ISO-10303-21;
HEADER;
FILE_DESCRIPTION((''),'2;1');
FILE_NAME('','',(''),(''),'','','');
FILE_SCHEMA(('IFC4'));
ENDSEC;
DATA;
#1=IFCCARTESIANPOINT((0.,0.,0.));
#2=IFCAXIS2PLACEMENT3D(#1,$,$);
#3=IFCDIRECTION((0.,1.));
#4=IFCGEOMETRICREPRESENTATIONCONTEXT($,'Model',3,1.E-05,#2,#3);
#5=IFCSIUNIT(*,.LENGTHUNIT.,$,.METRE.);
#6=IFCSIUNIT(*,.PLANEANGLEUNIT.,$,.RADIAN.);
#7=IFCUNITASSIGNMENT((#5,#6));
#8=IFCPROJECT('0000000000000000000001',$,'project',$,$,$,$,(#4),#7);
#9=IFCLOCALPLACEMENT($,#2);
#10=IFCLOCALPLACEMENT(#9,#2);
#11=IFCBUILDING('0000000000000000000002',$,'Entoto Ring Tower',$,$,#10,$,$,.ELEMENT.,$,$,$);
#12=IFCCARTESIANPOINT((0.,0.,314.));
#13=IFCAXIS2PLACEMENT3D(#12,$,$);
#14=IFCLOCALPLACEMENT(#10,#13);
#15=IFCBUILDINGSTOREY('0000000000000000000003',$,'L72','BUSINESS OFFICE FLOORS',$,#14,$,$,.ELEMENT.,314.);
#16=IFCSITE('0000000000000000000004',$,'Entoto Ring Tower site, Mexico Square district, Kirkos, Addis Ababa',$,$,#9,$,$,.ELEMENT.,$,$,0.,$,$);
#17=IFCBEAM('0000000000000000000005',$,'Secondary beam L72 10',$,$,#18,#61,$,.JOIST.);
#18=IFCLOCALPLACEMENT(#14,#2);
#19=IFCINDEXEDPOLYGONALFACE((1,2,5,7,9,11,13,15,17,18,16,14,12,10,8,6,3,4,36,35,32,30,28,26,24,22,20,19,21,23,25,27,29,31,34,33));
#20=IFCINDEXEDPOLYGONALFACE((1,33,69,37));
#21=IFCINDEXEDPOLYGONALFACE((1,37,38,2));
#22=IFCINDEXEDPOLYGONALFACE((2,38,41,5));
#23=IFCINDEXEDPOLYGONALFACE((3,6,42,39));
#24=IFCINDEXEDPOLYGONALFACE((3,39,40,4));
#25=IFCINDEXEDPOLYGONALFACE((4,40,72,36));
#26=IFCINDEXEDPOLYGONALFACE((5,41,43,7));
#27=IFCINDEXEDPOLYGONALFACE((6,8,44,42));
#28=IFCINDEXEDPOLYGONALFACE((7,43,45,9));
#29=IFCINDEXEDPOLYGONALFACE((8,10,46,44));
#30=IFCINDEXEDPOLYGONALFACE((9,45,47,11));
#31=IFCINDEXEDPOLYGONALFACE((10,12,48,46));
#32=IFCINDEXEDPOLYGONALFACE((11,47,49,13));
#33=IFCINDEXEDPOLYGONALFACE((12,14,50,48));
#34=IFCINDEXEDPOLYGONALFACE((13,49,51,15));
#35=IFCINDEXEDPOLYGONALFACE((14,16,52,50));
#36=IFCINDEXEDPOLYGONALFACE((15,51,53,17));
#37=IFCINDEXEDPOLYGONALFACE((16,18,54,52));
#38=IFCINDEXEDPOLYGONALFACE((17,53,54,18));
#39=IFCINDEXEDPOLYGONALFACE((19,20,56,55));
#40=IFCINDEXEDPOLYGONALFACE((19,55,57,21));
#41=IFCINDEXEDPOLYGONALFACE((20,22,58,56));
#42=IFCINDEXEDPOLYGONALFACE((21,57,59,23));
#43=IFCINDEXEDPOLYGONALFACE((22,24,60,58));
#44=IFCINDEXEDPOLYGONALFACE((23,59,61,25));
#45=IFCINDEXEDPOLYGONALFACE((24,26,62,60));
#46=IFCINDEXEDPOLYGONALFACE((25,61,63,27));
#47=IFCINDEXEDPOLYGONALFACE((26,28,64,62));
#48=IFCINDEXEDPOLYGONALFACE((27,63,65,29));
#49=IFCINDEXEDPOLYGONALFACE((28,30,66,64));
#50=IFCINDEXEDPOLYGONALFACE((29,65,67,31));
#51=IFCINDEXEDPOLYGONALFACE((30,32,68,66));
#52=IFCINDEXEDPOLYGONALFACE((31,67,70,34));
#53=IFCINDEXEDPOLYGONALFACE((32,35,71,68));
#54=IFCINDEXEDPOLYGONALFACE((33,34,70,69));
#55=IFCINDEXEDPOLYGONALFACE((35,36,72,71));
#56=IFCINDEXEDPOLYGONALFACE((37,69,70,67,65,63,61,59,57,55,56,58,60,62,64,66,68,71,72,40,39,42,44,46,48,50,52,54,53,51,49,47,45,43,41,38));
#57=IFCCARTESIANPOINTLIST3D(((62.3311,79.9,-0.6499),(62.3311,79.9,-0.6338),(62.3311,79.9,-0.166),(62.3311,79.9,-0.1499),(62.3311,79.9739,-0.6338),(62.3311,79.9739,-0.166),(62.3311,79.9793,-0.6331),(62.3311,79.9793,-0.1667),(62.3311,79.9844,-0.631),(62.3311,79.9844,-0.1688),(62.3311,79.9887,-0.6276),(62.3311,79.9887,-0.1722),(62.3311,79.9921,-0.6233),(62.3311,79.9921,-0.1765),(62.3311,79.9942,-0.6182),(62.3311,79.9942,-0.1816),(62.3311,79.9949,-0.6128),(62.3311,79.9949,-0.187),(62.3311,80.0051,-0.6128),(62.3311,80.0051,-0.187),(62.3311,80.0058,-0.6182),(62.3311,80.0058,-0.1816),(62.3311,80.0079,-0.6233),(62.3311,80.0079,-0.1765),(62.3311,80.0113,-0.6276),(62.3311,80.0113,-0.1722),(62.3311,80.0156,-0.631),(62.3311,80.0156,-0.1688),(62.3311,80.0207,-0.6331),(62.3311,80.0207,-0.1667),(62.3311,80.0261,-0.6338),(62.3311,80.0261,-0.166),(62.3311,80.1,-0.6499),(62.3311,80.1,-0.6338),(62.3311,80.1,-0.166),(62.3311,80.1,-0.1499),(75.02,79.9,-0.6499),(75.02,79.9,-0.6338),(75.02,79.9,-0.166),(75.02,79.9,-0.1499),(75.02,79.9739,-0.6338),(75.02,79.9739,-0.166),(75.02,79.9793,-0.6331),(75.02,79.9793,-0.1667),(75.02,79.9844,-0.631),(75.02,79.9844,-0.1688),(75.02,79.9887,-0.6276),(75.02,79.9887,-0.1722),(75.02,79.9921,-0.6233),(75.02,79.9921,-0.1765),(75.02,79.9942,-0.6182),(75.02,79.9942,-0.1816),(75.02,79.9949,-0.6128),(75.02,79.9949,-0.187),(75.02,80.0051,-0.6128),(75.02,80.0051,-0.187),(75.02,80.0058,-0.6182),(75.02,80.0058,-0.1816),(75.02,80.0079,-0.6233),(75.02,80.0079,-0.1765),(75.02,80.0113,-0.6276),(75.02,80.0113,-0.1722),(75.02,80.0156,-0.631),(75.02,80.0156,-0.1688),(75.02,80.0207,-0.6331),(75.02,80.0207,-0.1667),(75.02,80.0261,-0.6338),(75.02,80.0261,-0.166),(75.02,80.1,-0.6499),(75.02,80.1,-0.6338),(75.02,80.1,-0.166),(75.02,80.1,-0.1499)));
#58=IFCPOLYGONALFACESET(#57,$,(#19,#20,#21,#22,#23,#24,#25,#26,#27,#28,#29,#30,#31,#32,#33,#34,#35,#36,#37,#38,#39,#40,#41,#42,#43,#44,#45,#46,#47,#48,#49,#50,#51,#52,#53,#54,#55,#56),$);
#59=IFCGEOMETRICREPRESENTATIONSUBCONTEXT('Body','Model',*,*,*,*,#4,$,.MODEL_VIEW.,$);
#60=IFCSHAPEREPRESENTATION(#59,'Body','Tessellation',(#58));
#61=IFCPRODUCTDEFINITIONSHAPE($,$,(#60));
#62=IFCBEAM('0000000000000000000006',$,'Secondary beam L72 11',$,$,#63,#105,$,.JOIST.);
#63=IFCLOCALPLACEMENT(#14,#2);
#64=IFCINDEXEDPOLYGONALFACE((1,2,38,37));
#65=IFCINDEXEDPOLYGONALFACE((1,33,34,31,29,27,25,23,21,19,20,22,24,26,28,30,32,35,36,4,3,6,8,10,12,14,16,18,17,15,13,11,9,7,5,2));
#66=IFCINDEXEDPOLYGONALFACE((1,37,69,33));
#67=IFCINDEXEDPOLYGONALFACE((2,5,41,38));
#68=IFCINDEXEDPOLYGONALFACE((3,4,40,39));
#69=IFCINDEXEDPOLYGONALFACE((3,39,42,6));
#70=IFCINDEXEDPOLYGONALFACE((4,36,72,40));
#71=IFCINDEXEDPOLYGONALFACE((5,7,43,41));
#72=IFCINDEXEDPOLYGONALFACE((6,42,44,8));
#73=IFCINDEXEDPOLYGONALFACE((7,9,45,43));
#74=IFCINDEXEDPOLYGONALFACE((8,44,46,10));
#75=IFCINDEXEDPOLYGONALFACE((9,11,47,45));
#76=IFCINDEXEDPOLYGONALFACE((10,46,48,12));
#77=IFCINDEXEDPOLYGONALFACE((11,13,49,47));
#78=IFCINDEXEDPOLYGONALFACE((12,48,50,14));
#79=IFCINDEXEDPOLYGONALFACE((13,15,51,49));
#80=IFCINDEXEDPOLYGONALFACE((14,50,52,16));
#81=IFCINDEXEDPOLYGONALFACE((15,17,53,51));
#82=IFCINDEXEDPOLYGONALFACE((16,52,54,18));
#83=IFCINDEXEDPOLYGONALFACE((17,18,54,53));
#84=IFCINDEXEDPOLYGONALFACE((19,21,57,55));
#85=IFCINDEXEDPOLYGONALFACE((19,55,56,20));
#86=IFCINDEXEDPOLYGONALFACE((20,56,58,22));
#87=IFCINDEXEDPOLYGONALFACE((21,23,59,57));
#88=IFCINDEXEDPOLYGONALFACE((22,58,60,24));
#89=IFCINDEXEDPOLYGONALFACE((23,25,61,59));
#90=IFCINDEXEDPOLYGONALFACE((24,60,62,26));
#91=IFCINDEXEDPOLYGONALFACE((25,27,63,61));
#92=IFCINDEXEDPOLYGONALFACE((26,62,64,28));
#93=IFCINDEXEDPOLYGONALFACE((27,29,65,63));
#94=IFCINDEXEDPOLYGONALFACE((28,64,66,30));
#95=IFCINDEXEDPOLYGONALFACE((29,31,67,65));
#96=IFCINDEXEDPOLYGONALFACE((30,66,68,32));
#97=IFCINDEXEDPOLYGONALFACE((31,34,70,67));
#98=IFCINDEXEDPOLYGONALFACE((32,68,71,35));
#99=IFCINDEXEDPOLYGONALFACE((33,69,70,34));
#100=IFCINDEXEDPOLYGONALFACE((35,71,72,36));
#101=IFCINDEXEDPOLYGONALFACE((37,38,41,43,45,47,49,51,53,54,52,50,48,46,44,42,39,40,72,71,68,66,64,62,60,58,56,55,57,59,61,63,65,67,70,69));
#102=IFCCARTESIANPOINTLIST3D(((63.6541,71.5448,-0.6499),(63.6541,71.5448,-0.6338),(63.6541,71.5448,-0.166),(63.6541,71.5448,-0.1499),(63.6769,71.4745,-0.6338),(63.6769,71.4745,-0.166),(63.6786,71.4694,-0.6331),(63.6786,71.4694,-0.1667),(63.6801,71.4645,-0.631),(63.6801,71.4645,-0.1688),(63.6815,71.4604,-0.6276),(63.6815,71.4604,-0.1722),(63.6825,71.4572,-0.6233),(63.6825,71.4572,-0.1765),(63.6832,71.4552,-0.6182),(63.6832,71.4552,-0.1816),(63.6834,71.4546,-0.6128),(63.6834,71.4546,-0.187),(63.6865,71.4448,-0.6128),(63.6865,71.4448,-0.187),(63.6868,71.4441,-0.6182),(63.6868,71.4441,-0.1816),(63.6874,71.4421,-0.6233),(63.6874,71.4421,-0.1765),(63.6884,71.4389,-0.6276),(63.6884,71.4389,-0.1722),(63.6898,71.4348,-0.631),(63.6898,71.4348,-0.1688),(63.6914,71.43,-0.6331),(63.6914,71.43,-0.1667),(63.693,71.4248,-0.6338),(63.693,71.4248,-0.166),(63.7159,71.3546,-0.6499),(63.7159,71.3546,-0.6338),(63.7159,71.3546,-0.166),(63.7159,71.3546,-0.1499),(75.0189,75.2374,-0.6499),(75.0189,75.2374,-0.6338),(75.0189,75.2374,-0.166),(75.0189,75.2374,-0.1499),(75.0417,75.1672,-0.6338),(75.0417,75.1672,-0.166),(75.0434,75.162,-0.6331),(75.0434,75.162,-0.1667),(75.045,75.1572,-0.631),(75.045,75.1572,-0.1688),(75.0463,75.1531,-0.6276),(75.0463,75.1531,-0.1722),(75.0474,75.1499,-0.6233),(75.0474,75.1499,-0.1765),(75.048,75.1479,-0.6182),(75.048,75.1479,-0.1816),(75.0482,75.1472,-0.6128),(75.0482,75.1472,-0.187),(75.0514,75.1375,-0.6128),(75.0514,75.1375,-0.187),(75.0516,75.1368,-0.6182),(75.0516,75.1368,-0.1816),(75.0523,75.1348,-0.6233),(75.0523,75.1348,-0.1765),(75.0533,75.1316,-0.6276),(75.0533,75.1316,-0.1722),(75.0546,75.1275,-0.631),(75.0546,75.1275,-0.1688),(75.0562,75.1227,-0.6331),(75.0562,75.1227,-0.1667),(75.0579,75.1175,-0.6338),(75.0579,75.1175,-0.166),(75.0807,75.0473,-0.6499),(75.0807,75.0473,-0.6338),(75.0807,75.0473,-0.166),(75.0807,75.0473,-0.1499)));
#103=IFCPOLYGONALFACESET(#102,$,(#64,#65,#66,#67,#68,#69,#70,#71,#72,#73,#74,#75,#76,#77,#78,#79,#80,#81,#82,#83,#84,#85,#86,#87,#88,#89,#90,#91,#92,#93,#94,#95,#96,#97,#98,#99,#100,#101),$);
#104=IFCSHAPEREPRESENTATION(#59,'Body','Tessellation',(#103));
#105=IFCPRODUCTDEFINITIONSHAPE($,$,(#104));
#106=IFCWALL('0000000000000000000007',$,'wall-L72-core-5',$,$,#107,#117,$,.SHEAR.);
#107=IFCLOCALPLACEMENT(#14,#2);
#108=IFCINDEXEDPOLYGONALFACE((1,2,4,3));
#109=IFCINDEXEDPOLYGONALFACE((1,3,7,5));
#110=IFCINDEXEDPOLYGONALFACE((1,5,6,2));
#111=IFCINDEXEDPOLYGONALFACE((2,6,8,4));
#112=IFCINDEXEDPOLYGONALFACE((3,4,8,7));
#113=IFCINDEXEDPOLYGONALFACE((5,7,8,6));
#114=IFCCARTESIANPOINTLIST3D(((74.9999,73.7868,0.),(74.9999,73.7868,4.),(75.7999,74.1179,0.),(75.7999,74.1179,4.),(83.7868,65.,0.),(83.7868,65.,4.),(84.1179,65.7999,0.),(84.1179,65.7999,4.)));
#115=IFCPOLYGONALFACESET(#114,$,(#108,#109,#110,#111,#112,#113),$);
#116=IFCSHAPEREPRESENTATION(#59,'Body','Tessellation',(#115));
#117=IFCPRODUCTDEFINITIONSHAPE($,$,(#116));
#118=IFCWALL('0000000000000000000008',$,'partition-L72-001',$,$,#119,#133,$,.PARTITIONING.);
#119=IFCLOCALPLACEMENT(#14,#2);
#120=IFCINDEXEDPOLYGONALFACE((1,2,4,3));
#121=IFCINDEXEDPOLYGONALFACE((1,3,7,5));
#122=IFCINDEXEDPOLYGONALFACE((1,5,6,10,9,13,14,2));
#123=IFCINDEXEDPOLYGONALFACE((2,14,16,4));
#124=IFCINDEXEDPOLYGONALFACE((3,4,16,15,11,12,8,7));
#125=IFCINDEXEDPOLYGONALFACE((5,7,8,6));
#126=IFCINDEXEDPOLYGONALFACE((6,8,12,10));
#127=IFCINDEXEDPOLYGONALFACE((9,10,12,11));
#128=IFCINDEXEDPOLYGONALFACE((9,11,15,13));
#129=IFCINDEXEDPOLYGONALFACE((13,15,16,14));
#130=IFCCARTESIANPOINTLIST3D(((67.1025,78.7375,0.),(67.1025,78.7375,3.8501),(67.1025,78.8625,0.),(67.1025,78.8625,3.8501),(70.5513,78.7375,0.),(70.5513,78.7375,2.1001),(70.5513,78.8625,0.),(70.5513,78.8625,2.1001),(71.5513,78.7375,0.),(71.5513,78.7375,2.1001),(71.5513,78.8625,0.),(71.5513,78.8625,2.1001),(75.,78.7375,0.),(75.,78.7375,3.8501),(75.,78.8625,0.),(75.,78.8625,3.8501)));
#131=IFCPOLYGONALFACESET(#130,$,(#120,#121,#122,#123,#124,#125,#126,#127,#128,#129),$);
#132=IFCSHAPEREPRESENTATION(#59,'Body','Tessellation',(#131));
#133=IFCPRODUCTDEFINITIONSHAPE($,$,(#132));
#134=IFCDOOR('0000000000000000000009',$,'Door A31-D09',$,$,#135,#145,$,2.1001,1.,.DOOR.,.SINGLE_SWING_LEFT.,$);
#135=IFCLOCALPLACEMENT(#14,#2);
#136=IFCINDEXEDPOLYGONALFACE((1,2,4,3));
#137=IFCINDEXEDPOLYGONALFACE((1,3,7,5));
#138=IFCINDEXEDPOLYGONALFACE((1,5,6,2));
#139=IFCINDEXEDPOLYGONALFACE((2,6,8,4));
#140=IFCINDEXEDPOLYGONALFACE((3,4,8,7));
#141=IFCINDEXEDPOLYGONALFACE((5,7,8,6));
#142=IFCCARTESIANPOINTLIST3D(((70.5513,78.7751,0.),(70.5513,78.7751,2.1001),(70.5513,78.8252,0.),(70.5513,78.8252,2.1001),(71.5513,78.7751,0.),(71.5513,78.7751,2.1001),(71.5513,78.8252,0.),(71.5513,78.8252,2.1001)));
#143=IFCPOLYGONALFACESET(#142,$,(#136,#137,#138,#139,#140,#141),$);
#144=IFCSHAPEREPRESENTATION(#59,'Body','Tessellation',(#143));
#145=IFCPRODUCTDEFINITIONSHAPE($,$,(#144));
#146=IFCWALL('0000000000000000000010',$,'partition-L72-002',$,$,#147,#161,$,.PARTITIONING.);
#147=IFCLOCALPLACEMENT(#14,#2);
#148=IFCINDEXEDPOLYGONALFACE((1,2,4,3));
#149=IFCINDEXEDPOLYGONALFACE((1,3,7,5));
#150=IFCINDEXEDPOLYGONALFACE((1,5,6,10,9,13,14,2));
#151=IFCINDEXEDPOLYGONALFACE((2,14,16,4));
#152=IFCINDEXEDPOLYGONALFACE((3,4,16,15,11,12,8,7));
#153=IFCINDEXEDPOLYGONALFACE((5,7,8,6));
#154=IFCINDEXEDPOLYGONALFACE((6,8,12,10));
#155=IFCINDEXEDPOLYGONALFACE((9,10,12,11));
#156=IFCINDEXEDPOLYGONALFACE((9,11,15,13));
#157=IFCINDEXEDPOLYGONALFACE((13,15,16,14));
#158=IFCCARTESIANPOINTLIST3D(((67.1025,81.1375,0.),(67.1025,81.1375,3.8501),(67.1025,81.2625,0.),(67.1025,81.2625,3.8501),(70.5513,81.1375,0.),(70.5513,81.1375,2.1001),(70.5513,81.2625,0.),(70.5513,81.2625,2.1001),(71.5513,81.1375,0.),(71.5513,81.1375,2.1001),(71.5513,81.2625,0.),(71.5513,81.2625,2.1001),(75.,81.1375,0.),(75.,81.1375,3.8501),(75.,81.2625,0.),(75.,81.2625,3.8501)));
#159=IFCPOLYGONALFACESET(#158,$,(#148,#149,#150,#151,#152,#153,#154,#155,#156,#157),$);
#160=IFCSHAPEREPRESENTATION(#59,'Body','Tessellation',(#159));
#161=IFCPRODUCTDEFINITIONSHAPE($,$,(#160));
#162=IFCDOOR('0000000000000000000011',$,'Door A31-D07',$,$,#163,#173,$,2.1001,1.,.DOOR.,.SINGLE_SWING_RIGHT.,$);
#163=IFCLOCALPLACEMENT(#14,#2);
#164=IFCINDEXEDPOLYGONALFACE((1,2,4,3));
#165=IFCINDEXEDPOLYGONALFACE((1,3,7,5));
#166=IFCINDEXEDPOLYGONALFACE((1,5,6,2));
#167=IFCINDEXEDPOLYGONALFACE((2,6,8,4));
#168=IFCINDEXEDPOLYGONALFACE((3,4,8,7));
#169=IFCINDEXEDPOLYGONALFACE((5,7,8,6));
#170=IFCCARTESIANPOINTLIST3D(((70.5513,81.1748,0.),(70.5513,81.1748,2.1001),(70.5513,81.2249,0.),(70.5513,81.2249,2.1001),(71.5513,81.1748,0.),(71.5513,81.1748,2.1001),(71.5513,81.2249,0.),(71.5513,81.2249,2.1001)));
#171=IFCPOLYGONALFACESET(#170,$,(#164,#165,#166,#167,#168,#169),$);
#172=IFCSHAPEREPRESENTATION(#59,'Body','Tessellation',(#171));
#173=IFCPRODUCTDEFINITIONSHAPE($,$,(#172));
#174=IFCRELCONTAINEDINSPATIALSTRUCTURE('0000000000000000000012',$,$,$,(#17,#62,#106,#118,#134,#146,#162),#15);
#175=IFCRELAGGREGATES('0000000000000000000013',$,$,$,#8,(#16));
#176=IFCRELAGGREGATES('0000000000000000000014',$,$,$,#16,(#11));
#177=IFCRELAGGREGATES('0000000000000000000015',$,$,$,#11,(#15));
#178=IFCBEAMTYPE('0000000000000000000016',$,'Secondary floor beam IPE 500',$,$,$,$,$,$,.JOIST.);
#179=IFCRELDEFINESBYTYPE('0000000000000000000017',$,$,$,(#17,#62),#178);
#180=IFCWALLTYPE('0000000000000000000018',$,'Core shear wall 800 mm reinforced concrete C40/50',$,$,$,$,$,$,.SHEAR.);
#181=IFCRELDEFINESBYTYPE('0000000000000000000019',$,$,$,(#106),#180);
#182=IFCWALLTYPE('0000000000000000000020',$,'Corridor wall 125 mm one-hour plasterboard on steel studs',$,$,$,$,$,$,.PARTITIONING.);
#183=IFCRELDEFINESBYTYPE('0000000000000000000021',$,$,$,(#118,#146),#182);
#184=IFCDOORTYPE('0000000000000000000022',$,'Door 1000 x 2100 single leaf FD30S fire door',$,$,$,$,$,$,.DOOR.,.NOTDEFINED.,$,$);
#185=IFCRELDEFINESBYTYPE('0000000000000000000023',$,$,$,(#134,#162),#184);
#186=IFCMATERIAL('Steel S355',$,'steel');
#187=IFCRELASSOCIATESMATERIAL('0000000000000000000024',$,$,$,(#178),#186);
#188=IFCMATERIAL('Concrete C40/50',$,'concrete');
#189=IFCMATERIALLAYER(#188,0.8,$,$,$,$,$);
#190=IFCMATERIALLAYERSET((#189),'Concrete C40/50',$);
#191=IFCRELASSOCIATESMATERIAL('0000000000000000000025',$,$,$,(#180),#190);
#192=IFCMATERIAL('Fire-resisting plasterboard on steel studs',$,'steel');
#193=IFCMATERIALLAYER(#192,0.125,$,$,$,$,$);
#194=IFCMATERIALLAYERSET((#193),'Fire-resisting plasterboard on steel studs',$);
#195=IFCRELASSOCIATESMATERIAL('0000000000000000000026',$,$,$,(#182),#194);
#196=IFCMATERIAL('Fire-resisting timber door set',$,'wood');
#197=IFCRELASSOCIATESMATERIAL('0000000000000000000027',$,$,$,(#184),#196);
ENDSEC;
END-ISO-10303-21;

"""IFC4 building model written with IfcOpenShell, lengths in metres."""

from ifc_helpers import new_model, si_unit, direction, frame, frame_2d, origin, origin_2d, place, context, subcontext, project, spatial, polyline, rectangle, i_section, outline, extrude, material, layer, layer_set, material_profile, profile_set, type_object, element, fill, save


model = new_model("IFC4")

# Units and contexts
model_context = context("Model", 3, precision=1e-05, world=origin(), true_north=direction((0.0, 1.0)))
body_context = subcontext(model_context, "Body", "Model", "MODEL_VIEW")
ifc_project = project(units=[si_unit("LENGTHUNIT", "METRE"), si_unit("PLANEANGLEUNIT", "RADIAN")], contexts=[model_context])

# Site, building, storey
site_placement = place(None, origin())
site = spatial("IfcSite", under=ifc_project, at=site_placement, Name="Entoto Ring Tower site, Mexico Square district, Kirkos, Addis Ababa", CompositionType="ELEMENT", RefElevation=0.0)
building_placement = place(site_placement, origin())
building = spatial("IfcBuilding", under=site, at=building_placement, Name="Entoto Ring Tower", CompositionType="ELEMENT")
storey_placement = place(building_placement, frame((0.0, 0.0, 314.0)))
storey = spatial("IfcBuildingStorey", under=building, at=storey_placement, Name="L72", Description="BUSINESS OFFICE FLOORS", CompositionType="ELEMENT", Elevation=314.0)

# Beams
ifc_material_1 = material(Name="Steel S355", Category="steel")
ifc_material_profile_1 = material_profile(ifc_material_1, i_section(OverallWidth=0.2, OverallDepth=0.5, WebThickness=0.0103, FlangeThickness=0.0161, FilletRadius=0.021, at=origin_2d()), Name="IPE 500")
ifc_profile_set_1 = profile_set([ifc_material_profile_1], Name="Steel S355")
beam_type_1 = type_object("IfcBeamType", Name="Secondary floor beam IPE 500", PredefinedType="JOIST", material=ifc_profile_set_1)
beam_1_placement = place(storey_placement, frame((75.02, 80.0, -0.3999), z_axis=(-1.0, 0.0, 0.0), x_axis=(0.0, -1.0, 0.0)))
element("IfcBeam", 1, at=beam_1_placement, inside=storey, type_object=beam_type_1, Name="Secondary beam L72 10", PredefinedType="JOIST", context=body_context, shape_type="SweptSolid", body=[
    extrude(i_section(OverallWidth=0.2, OverallDepth=0.5, WebThickness=0.0103, FlangeThickness=0.0161, FilletRadius=0.021, at=origin_2d()), origin(), (0.0, 0.0, 1.0), 12.689),
])
beam_2_placement = place(storey_placement, frame((75.0498, 75.1423, -0.3999), z_axis=(-0.951057, -0.309017, 0.0), x_axis=(0.309017, -0.951057, 0.0)))
element("IfcBeam", 2, at=beam_2_placement, inside=storey, type_object=beam_type_1, Name="Secondary beam L72 11", PredefinedType="JOIST", context=body_context, shape_type="SweptSolid", body=[
    extrude(i_section(OverallWidth=0.2, OverallDepth=0.5, WebThickness=0.0103, FlangeThickness=0.0161, FilletRadius=0.021, at=origin_2d()), origin(), (0.0, 0.0, 1.0), 11.9497),
])

# Wall
ifc_material_2 = material(Name="Concrete C40/50", Category="concrete")
ifc_layer_1 = layer(ifc_material_2, 0.8)
ifc_layer_set_1 = layer_set([ifc_layer_1], Name="Concrete C40/50")
wall_type_1 = type_object("IfcWallType", Name="Core shear wall 800 mm reinforced concrete C40/50", PredefinedType="SHEAR", material=ifc_layer_set_1)
wall_1_placement = place(storey_placement, frame((75.3999, 73.9524, 0.0), z_axis=(0.0, 0.0, 1.0), x_axis=(0.707107, -0.707107, 0.0)))
element("IfcWall", 3, at=wall_1_placement, inside=storey, type_object=wall_type_1, Name="wall-L72-core-5", PredefinedType="SHEAR", context=body_context, shape_type="SweptSolid", body=[
    extrude(outline(polyline([(-0.1658, -0.3999), (12.2607, -0.3999), (11.9292, 0.3999), (0.1658, 0.3999), (-0.1658, -0.3999)])), origin(), (0.0, 0.0, 1.0), 4.0),
])

# Walls, openings, doors
ifc_material_3 = material(Name="Fire-resisting plasterboard on steel studs", Category="steel")
ifc_layer_2 = layer(ifc_material_3, 0.125)
ifc_layer_set_2 = layer_set([ifc_layer_2], Name="Fire-resisting plasterboard on steel studs")
wall_type_2 = type_object("IfcWallType", Name="Corridor wall 125 mm one-hour plasterboard on steel studs", PredefinedType="PARTITIONING", material=ifc_layer_set_2)
wall_2_placement = place(storey_placement, frame((67.1025, 78.8, 0.0), z_axis=(0.0, 0.0, 1.0), x_axis=(1.0, 0.0, 0.0)))
wall_2 = element("IfcWall", 4, at=wall_2_placement, inside=storey, type_object=wall_type_2, Name="partition-L72-001", PredefinedType="PARTITIONING", context=body_context, shape_type="SweptSolid", body=[
    extrude(rectangle(XDim=7.8975, YDim=0.125, at=frame_2d((3.9487, 0.0))), origin(), (0.0, 0.0, 1.0), 3.8501),
])
opening_1_placement = place(wall_2_placement, frame((3.4487, 0.0, 0.0)))
opening_1 = element("IfcOpeningElement", 5, at=opening_1_placement, cuts=wall_2, PredefinedType="OPENING", context=body_context, shape_type="SweptSolid", body=[
    extrude(rectangle(XDim=1.0, YDim=2.1001, at=frame_2d((0.5, 1.05))), frame((0.0, 0.0725, 0.0), z_axis=(0.0, -1.0, 0.0), x_axis=(1.0, 0.0, 0.0)), (0.0, 0.0, 1.0), 0.145),
])
ifc_material_4 = material(Name="Fire-resisting timber door set", Category="wood")
door_type = type_object("IfcDoorType", Name="Door 1000 x 2100 single leaf FD30S fire door", OperationType="NOTDEFINED", PredefinedType="DOOR", material=ifc_material_4)
door_1_placement = place(opening_1_placement, frame((1.0, 0.0, 0.0), z_axis=(0.0, 0.0, 1.0), x_axis=(-1.0, 0.0, 0.0)))
door_1 = element("IfcDoor", 6, at=door_1_placement, inside=storey, type_object=door_type, Name="Door A31-D09", OperationType="SINGLE_SWING_LEFT", OverallHeight=2.1001, OverallWidth=1.0, PredefinedType="DOOR", context=body_context, shape_type="SweptSolid", body=[
    extrude(rectangle(XDim=1.0, YDim=2.1001, at=frame_2d((0.5, 1.05))), frame((0.0, 0.0249, 0.0), z_axis=(0.0, -1.0, 0.0), x_axis=(1.0, 0.0, 0.0)), (0.0, 0.0, 1.0), 0.05),
])
fill(opening_1, door_1)
wall_3_placement = place(storey_placement, frame((67.1025, 81.2, 0.0), z_axis=(0.0, 0.0, 1.0), x_axis=(1.0, 0.0, 0.0)))
wall_3 = element("IfcWall", 7, at=wall_3_placement, inside=storey, type_object=wall_type_2, Name="partition-L72-002", PredefinedType="PARTITIONING", context=body_context, shape_type="SweptSolid", body=[
    extrude(rectangle(XDim=7.8975, YDim=0.125, at=frame_2d((3.9487, 0.0))), origin(), (0.0, 0.0, 1.0), 3.8501),
])
opening_2_placement = place(wall_3_placement, frame((3.4487, 0.0, 0.0)))
opening_2 = element("IfcOpeningElement", 8, at=opening_2_placement, cuts=wall_3, PredefinedType="OPENING", context=body_context, shape_type="SweptSolid", body=[
    extrude(rectangle(XDim=1.0, YDim=2.1001, at=frame_2d((0.5, 1.05))), frame((0.0, 0.0725, 0.0), z_axis=(0.0, -1.0, 0.0), x_axis=(1.0, 0.0, 0.0)), (0.0, 0.0, 1.0), 0.145),
])
door_2_placement = place(opening_2_placement, origin())
door_2 = element("IfcDoor", 9, at=door_2_placement, inside=storey, type_object=door_type, Name="Door A31-D07", OperationType="SINGLE_SWING_RIGHT", OverallHeight=2.1001, OverallWidth=1.0, PredefinedType="DOOR", context=body_context, shape_type="SweptSolid", body=[
    extrude(rectangle(XDim=1.0, YDim=2.1001, at=frame_2d((0.5, 1.05))), frame((0.0, 0.0249, 0.0), z_axis=(0.0, -1.0, 0.0), x_axis=(1.0, 0.0, 0.0)), (0.0, 0.0, 1.0), 0.05),
])
fill(opening_2, door_2)

save(model, "model.ifc")
